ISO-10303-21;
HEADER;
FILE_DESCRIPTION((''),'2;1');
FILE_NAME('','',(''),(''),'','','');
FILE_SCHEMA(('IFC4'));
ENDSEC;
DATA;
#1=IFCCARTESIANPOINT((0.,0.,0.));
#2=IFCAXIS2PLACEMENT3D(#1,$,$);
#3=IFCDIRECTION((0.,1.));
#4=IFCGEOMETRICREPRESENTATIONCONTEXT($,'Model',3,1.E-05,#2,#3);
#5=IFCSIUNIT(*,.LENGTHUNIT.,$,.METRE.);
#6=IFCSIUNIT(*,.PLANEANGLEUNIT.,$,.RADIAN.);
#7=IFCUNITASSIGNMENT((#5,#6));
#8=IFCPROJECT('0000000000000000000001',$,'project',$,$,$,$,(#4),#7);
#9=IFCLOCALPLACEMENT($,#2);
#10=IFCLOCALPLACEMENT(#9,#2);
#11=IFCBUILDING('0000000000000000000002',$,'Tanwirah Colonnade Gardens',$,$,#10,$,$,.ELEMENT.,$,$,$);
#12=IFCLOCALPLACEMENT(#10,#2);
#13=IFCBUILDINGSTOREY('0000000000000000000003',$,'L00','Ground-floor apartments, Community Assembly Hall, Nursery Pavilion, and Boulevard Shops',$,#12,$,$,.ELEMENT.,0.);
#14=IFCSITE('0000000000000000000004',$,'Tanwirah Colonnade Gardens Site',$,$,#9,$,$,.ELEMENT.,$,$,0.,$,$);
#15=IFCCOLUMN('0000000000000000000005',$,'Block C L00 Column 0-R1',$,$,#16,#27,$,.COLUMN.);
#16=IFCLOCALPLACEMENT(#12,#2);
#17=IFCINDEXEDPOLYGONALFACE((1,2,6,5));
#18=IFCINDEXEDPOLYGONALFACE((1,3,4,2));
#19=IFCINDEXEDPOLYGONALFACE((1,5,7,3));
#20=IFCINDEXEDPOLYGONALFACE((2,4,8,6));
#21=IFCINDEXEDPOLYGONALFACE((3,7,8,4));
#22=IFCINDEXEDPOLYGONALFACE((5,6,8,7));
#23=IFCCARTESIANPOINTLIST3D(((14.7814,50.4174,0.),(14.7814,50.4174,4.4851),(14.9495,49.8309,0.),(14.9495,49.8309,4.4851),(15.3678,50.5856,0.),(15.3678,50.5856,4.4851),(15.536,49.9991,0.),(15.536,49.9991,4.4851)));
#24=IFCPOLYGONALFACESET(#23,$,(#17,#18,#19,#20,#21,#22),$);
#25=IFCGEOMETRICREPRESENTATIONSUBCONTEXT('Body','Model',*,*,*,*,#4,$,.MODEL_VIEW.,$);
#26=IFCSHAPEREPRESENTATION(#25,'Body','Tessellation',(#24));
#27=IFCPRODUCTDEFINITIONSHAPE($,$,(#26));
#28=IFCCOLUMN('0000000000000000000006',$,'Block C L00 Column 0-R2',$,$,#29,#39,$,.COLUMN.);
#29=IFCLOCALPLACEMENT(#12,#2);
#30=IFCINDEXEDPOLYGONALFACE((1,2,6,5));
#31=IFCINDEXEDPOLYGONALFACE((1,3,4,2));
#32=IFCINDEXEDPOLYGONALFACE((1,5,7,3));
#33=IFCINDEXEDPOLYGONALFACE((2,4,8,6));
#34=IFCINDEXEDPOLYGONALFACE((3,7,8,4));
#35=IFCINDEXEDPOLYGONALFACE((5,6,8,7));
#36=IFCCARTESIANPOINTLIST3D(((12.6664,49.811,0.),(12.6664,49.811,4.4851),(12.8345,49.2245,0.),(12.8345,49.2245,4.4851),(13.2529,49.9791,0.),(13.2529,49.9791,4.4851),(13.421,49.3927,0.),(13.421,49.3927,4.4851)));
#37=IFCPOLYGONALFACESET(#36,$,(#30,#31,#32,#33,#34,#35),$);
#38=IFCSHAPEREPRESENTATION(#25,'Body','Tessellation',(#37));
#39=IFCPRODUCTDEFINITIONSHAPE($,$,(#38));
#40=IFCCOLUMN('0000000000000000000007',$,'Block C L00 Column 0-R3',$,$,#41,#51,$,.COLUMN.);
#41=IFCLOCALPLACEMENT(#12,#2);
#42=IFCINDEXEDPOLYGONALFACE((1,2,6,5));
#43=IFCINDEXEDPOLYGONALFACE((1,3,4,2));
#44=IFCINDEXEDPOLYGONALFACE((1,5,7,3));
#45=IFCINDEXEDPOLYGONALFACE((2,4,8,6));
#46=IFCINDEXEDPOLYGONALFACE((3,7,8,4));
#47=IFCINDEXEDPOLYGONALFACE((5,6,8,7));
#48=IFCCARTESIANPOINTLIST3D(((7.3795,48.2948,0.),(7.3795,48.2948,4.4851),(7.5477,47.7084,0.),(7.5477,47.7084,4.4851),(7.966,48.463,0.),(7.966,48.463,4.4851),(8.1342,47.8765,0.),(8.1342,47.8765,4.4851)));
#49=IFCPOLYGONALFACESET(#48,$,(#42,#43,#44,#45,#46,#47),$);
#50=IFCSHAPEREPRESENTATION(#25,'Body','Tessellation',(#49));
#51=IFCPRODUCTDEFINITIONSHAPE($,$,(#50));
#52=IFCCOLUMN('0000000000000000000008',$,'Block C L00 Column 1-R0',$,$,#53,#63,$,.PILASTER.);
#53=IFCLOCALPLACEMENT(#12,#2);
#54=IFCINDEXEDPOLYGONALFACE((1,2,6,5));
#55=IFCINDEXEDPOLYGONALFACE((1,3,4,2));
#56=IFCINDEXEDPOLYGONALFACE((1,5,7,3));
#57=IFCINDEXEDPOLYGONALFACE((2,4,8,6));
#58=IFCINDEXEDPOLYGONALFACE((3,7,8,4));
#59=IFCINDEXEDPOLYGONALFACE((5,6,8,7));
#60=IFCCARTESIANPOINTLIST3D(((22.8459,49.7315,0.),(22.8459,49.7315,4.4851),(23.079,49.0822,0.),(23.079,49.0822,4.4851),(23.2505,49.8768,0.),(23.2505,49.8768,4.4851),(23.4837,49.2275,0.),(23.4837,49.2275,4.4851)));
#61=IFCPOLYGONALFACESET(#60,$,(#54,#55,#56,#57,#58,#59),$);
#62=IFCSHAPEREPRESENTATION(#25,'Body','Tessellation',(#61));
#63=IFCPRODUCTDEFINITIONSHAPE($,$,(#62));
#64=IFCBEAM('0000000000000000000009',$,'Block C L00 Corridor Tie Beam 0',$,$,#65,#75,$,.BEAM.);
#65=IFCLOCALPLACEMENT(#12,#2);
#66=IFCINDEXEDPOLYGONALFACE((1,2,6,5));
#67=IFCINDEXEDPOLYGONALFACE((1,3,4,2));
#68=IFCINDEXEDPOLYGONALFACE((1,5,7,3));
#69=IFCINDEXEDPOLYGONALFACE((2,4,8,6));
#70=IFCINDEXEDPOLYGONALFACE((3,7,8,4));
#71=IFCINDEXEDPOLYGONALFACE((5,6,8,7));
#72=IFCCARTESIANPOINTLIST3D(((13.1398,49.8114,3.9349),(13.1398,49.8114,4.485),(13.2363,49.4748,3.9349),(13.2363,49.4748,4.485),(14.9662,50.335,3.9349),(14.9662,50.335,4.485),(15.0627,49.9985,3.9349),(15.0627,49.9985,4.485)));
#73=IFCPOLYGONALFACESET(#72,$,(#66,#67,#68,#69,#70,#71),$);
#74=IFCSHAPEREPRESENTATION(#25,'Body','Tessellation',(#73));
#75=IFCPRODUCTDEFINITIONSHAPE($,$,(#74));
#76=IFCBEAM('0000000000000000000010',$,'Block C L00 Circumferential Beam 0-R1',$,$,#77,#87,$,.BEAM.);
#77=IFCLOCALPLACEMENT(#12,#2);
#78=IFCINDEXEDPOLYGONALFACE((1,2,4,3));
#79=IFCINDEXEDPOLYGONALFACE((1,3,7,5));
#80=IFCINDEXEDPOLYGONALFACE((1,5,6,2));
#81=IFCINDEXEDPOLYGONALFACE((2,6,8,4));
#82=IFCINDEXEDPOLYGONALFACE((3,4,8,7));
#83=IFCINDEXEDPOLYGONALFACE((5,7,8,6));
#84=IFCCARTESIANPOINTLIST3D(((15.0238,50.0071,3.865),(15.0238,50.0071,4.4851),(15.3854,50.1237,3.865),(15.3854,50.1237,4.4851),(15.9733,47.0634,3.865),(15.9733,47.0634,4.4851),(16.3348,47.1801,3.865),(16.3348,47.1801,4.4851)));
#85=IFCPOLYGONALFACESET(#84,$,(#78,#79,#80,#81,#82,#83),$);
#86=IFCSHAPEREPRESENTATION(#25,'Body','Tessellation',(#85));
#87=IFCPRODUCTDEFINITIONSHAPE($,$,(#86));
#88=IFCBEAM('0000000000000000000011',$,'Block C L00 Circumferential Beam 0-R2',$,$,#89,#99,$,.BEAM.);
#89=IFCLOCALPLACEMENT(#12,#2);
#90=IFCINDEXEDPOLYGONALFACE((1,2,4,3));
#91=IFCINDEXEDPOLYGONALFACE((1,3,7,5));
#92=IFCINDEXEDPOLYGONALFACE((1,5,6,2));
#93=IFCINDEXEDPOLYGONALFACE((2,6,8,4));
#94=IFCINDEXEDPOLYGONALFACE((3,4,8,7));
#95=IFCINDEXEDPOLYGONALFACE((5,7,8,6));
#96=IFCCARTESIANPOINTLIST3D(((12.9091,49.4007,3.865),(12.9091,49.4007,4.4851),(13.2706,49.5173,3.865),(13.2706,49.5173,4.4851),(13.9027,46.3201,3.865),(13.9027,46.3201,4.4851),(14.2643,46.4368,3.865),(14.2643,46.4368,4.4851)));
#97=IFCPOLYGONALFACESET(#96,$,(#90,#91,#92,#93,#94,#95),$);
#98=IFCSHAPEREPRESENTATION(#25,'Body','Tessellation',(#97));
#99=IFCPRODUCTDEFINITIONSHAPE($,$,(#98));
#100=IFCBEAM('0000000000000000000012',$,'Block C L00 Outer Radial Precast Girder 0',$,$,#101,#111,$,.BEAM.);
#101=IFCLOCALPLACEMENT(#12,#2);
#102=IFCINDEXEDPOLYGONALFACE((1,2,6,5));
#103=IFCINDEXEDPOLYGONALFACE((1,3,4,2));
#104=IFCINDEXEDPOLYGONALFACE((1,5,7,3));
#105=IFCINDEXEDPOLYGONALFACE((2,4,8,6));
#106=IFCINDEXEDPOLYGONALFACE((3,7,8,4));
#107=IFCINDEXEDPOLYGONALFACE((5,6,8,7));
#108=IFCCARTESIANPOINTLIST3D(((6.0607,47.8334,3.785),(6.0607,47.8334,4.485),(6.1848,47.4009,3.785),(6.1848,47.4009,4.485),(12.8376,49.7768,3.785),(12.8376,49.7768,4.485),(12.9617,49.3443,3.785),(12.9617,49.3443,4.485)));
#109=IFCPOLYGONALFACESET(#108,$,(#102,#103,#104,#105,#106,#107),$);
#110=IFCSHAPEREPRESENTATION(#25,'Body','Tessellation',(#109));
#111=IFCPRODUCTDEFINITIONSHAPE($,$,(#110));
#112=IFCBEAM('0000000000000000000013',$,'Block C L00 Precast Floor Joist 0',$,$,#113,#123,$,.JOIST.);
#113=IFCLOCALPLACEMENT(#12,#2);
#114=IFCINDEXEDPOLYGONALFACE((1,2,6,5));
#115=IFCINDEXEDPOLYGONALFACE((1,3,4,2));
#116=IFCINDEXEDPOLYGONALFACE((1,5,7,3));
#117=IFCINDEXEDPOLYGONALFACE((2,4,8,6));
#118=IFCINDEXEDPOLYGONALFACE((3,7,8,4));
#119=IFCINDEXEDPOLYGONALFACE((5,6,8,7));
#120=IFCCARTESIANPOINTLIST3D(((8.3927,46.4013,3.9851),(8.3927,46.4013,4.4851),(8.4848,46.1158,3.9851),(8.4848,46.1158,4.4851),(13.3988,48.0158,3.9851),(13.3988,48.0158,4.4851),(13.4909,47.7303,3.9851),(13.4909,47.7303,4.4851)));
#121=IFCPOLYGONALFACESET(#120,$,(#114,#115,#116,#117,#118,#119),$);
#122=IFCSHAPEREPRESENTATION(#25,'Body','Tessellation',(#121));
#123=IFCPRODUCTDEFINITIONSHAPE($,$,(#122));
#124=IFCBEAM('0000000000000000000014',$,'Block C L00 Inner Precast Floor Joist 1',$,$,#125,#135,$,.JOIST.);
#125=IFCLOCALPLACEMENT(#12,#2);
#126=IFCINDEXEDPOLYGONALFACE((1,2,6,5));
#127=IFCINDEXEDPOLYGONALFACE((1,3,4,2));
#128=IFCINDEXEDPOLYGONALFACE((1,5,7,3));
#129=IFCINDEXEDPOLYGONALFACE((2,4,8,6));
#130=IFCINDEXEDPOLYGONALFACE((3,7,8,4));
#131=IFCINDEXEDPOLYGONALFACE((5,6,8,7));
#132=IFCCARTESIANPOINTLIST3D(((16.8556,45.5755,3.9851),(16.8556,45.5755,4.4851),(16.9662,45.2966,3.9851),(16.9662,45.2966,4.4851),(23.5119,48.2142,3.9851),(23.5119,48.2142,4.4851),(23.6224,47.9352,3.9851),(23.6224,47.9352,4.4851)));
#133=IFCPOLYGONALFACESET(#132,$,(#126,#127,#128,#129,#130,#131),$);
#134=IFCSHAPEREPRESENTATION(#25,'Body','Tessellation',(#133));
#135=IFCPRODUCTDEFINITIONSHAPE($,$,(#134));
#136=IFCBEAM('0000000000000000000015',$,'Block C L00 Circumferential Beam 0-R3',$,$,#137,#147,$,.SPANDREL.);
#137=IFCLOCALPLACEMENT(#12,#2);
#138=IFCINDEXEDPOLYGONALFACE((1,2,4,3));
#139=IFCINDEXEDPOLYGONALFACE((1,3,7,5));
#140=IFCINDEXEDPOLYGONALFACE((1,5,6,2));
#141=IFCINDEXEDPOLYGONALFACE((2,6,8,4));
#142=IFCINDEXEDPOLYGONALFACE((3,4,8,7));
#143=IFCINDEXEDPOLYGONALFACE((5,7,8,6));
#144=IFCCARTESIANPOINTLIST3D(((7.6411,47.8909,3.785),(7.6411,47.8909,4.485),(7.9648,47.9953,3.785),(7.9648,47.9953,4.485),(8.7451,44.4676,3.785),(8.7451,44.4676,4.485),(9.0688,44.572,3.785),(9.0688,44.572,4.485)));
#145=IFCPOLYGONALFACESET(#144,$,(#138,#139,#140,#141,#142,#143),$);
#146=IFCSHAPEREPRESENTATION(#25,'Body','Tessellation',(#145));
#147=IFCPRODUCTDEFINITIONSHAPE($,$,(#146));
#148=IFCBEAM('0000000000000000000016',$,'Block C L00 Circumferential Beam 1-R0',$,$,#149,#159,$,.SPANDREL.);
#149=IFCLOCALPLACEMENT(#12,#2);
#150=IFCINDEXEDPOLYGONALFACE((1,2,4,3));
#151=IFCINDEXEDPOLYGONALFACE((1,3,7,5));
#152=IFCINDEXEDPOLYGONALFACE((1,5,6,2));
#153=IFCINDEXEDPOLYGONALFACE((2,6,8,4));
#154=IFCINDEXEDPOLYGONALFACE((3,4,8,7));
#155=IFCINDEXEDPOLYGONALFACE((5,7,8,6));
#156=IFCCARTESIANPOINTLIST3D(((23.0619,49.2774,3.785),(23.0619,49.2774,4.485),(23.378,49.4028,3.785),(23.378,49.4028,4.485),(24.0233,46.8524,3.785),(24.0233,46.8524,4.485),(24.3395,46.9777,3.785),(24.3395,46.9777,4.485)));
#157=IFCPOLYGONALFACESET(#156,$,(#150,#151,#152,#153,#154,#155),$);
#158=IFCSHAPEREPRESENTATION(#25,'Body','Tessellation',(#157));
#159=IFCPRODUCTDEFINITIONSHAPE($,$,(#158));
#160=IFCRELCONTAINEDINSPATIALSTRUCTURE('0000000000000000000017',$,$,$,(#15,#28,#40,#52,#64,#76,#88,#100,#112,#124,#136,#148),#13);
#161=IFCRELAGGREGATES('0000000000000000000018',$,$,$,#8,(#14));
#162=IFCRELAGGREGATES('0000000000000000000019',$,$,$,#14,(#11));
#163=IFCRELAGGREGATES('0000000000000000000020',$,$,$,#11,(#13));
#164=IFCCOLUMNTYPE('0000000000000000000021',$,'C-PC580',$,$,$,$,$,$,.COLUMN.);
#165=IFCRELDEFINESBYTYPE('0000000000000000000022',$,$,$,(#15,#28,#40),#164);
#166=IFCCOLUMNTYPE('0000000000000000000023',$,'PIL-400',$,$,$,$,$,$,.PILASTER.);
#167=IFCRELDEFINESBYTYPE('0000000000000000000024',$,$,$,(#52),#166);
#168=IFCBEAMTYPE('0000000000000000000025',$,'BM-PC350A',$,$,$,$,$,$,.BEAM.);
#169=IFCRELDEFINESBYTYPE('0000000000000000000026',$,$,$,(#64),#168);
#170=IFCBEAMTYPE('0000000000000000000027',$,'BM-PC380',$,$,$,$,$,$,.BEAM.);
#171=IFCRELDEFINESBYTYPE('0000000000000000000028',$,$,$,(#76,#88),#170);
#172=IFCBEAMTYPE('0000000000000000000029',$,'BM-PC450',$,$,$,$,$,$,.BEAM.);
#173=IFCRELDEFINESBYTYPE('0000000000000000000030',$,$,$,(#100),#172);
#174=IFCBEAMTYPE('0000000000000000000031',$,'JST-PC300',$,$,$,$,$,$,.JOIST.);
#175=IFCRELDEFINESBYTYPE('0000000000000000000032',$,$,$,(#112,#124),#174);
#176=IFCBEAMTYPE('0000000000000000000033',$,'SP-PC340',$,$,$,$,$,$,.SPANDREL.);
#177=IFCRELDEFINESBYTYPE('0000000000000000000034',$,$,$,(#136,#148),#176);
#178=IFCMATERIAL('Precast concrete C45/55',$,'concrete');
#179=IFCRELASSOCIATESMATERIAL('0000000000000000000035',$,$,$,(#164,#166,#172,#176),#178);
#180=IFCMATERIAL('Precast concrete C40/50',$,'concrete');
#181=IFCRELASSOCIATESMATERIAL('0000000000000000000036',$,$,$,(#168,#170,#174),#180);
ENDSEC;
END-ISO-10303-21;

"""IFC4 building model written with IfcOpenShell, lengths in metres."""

from ifc_helpers import new_model, si_unit, direction, frame, origin, origin_2d, place, context, subcontext, project, spatial, rectangle, extrude, material, material_profile, profile_set, type_object, element, save


model = new_model("IFC4")

# Units and contexts
model_context = context("Model", 3, precision=1e-05, world=origin(), true_north=direction((0.0, 1.0)))
body_context = subcontext(model_context, "Body", "Model", "MODEL_VIEW")
ifc_project = project(units=[si_unit("LENGTHUNIT", "METRE"), si_unit("PLANEANGLEUNIT", "RADIAN")], contexts=[model_context])

# Site, building, storey
site_placement = place(None, origin())
site = spatial("IfcSite", under=ifc_project, at=site_placement, Name="Tanwirah Colonnade Gardens Site", CompositionType="ELEMENT", RefElevation=0.0)
building_placement = place(site_placement, origin())
building = spatial("IfcBuilding", under=site, at=building_placement, Name="Tanwirah Colonnade Gardens", CompositionType="ELEMENT")
storey_placement = place(building_placement, origin())
storey = spatial("IfcBuildingStorey", under=building, at=storey_placement, Name="L00", Description="Ground-floor apartments, Community Assembly Hall, Nursery Pavilion, and Boulevard Shops", CompositionType="ELEMENT", Elevation=0.0)

# Columns
ifc_material_1 = material(Name="Precast concrete C45/55", Category="concrete")
ifc_material_profile_1 = material_profile(ifc_material_1, rectangle(XDim=0.6101, YDim=0.6101, at=origin_2d()), Name="PC-COL 610x610")
ifc_profile_set_1 = profile_set([ifc_material_profile_1], Name="Precast concrete C45/55")
column_type_1 = type_object("IfcColumnType", Name="C-PC580", PredefinedType="COLUMN", material=ifc_profile_set_1)
for number, where, z_axis, x_axis, name in (
    (1, (15.1587, 50.2083, 0.0), (0.0, 0.0, 1.0), (-0.961262, -0.275637, 0.0), "Block C L00 Column 0-R1"),
    (2, (13.0437, 49.6018, 0.0), (0.0, 0.0, 1.0), (-0.961262, -0.275637, 0.0), "Block C L00 Column 0-R2"),
    (3, (7.7568, 48.0857, 0.0), (0.0, 0.0, 1.0), (-0.961262, -0.275637, 0.0), "Block C L00 Column 0-R3"),
):
    element("IfcColumn", number, at=place(storey_placement, frame(where, z_axis=z_axis, x_axis=x_axis)), inside=storey, type_object=column_type_1, Name=name, PredefinedType="COLUMN", context=body_context, shape_type="SweptSolid", body=[
        extrude(rectangle(XDim=0.6101, YDim=0.6101, at=origin_2d()), origin(), (0.0, 0.0, 1.0), 4.4851),
    ])
ifc_material_profile_2 = material_profile(ifc_material_1, rectangle(XDim=0.4299, YDim=0.6899, at=origin_2d()), Name="PC-PIL 430x690")
ifc_profile_set_2 = profile_set([ifc_material_profile_2], Name="Precast concrete C45/55")
column_type_2 = type_object("IfcColumnType", Name="PIL-400", PredefinedType="PILASTER", material=ifc_profile_set_2)
column_placement = place(storey_placement, frame((23.1648, 49.4795, 0.0), z_axis=(0.0, 0.0, 1.0), x_axis=(-0.941176, -0.337917, 0.0)))
element("IfcColumn", 4, at=column_placement, inside=storey, type_object=column_type_2, Name="Block C L00 Column 1-R0", PredefinedType="PILASTER", context=body_context, shape_type="SweptSolid", body=[
    extrude(rectangle(XDim=0.4299, YDim=0.6899, at=origin_2d()), origin(), (0.0, 0.0, 1.0), 4.4851),
])

# Beams
ifc_material_2 = material(Name="Precast concrete C40/50", Category="concrete")
ifc_material_profile_3 = material_profile(ifc_material_2, rectangle(XDim=0.3501, YDim=0.55, at=origin_2d()), Name="PC-BM 350x550")
ifc_profile_set_3 = profile_set([ifc_material_profile_3], Name="Precast concrete C40/50")
beam_type_1 = type_object("IfcBeamType", Name="BM-PC350A", PredefinedType="BEAM", material=ifc_profile_set_3)
beam_1_placement = place(storey_placement, frame((15.0144, 50.1667, 4.21), z_axis=(-0.961267, -0.27562, 0.0), x_axis=(0.27562, -0.961267, 0.0)))
element("IfcBeam", 5, at=beam_1_placement, inside=storey, type_object=beam_type_1, Name="Block C L00 Corridor Tie Beam 0", PredefinedType="BEAM", context=body_context, shape_type="SweptSolid", body=[
    extrude(rectangle(XDim=0.3501, YDim=0.55, at=origin_2d()), origin(), (0.0, 0.0, 1.0), 1.8999),
])
ifc_material_profile_4 = material_profile(ifc_material_2, rectangle(XDim=0.3799, YDim=0.6201, at=origin_2d()), Name="PC-BM 380x620")
ifc_profile_set_4 = profile_set([ifc_material_profile_4], Name="Precast concrete C40/50")
beam_type_2 = type_object("IfcBeamType", Name="BM-PC380", PredefinedType="BEAM", material=ifc_profile_set_4)
beam_2_placement = place(storey_placement, frame((15.2046, 50.0654, 4.175), z_axis=(0.306977, -0.951717, 0.0), x_axis=(0.951717, 0.306977, 0.0)))
element("IfcBeam", 6, at=beam_2_placement, inside=storey, type_object=beam_type_2, Name="Block C L00 Circumferential Beam 0-R1", PredefinedType="BEAM", context=body_context, shape_type="SweptSolid", body=[
    extrude(rectangle(XDim=0.3799, YDim=0.6201, at=origin_2d()), origin(), (0.0, 0.0, 1.0), 3.093),
])
beam_3_placement = place(storey_placement, frame((13.0898, 49.459, 4.175), z_axis=(0.306981, -0.951716, 0.0), x_axis=(0.951716, 0.306981, 0.0)))
element("IfcBeam", 7, at=beam_3_placement, inside=storey, type_object=beam_type_2, Name="Block C L00 Circumferential Beam 0-R2", PredefinedType="BEAM", context=body_context, shape_type="SweptSolid", body=[
    extrude(rectangle(XDim=0.3799, YDim=0.6201, at=origin_2d()), origin(), (0.0, 0.0, 1.0), 3.2368),
])
ifc_material_profile_5 = material_profile(ifc_material_1, rectangle(XDim=0.45, YDim=0.7, at=origin_2d()), Name="PC-BM 450x700")
ifc_profile_set_5 = profile_set([ifc_material_profile_5], Name="Precast concrete C45/55")
beam_type_3 = type_object("IfcBeamType", Name="BM-PC450", PredefinedType="BEAM", material=ifc_profile_set_5)
beam_4_placement = place(storey_placement, frame((12.8997, 49.5605, 4.135), z_axis=(-0.961257, -0.275654, 0.0), x_axis=(0.275654, -0.961257, 0.0)))
element("IfcBeam", 8, at=beam_4_placement, inside=storey, type_object=beam_type_3, Name="Block C L00 Outer Radial Precast Girder 0", PredefinedType="BEAM", context=body_context, shape_type="SweptSolid", body=[
    extrude(rectangle(XDim=0.45, YDim=0.7, at=origin_2d()), origin(), (0.0, 0.0, 1.0), 7.05),
])
ifc_material_profile_6 = material_profile(ifc_material_2, rectangle(XDim=0.3, YDim=0.5, at=origin_2d()), Name="PC-JST 300x500")
ifc_profile_set_6 = profile_set([ifc_material_profile_6], Name="Precast concrete C40/50")
beam_type_4 = type_object("IfcBeamType", Name="JST-PC300", PredefinedType="JOIST", material=ifc_profile_set_6)
beam_5_placement = place(storey_placement, frame((13.4448, 47.873, 4.2351), z_axis=(-0.951729, -0.306939, 0.0), x_axis=(0.306939, -0.951729, 0.0)))
element("IfcBeam", 9, at=beam_5_placement, inside=storey, type_object=beam_type_4, Name="Block C L00 Precast Floor Joist 0", PredefinedType="JOIST", context=body_context, shape_type="SweptSolid", body=[
    extrude(rectangle(XDim=0.3, YDim=0.5, at=origin_2d()), origin(), (0.0, 0.0, 1.0), 5.26),
])
beam_6_placement = place(storey_placement, frame((23.5671, 48.0747, 4.2351), z_axis=(-0.92962, -0.36852, 0.0), x_axis=(0.36852, -0.92962, 0.0)))
element("IfcBeam", 10, at=beam_6_placement, inside=storey, type_object=beam_type_4, Name="Block C L00 Inner Precast Floor Joist 1", PredefinedType="JOIST", context=body_context, shape_type="SweptSolid", body=[
    extrude(rectangle(XDim=0.3, YDim=0.5, at=origin_2d()), origin(), (0.0, 0.0, 1.0), 7.1602),
])
ifc_material_profile_7 = material_profile(ifc_material_1, rectangle(XDim=0.3401, YDim=0.7, at=origin_2d()), Name="PC-SP 340x700")
ifc_profile_set_7 = profile_set([ifc_material_profile_7], Name="Precast concrete C45/55")
beam_type_5 = type_object("IfcBeamType", Name="SP-PC340", PredefinedType="SPANDREL", material=ifc_profile_set_7)
beam_7_placement = place(storey_placement, frame((7.803, 47.9431, 4.135), z_axis=(0.306927, -0.951733, 0.0), x_axis=(0.951733, 0.306927, 0.0)))
element("IfcBeam", 11, at=beam_7_placement, inside=storey, type_object=beam_type_5, Name="Block C L00 Circumferential Beam 0-R3", PredefinedType="SPANDREL", context=body_context, shape_type="SweptSolid", body=[
    extrude(rectangle(XDim=0.3401, YDim=0.7, at=origin_2d()), origin(), (0.0, 0.0, 1.0), 3.5969),
])
beam_8_placement = place(storey_placement, frame((23.22, 49.3401, 4.135), z_axis=(0.368549, -0.929608, 0.0), x_axis=(0.929608, 0.368549, 0.0)))
element("IfcBeam", 12, at=beam_8_placement, inside=storey, type_object=beam_type_5, Name="Block C L00 Circumferential Beam 1-R0", PredefinedType="SPANDREL", context=body_context, shape_type="SweptSolid", body=[
    extrude(rectangle(XDim=0.3401, YDim=0.7, at=origin_2d()), origin(), (0.0, 0.0, 1.0), 2.6086),
])

save(model, "model.ifc")
